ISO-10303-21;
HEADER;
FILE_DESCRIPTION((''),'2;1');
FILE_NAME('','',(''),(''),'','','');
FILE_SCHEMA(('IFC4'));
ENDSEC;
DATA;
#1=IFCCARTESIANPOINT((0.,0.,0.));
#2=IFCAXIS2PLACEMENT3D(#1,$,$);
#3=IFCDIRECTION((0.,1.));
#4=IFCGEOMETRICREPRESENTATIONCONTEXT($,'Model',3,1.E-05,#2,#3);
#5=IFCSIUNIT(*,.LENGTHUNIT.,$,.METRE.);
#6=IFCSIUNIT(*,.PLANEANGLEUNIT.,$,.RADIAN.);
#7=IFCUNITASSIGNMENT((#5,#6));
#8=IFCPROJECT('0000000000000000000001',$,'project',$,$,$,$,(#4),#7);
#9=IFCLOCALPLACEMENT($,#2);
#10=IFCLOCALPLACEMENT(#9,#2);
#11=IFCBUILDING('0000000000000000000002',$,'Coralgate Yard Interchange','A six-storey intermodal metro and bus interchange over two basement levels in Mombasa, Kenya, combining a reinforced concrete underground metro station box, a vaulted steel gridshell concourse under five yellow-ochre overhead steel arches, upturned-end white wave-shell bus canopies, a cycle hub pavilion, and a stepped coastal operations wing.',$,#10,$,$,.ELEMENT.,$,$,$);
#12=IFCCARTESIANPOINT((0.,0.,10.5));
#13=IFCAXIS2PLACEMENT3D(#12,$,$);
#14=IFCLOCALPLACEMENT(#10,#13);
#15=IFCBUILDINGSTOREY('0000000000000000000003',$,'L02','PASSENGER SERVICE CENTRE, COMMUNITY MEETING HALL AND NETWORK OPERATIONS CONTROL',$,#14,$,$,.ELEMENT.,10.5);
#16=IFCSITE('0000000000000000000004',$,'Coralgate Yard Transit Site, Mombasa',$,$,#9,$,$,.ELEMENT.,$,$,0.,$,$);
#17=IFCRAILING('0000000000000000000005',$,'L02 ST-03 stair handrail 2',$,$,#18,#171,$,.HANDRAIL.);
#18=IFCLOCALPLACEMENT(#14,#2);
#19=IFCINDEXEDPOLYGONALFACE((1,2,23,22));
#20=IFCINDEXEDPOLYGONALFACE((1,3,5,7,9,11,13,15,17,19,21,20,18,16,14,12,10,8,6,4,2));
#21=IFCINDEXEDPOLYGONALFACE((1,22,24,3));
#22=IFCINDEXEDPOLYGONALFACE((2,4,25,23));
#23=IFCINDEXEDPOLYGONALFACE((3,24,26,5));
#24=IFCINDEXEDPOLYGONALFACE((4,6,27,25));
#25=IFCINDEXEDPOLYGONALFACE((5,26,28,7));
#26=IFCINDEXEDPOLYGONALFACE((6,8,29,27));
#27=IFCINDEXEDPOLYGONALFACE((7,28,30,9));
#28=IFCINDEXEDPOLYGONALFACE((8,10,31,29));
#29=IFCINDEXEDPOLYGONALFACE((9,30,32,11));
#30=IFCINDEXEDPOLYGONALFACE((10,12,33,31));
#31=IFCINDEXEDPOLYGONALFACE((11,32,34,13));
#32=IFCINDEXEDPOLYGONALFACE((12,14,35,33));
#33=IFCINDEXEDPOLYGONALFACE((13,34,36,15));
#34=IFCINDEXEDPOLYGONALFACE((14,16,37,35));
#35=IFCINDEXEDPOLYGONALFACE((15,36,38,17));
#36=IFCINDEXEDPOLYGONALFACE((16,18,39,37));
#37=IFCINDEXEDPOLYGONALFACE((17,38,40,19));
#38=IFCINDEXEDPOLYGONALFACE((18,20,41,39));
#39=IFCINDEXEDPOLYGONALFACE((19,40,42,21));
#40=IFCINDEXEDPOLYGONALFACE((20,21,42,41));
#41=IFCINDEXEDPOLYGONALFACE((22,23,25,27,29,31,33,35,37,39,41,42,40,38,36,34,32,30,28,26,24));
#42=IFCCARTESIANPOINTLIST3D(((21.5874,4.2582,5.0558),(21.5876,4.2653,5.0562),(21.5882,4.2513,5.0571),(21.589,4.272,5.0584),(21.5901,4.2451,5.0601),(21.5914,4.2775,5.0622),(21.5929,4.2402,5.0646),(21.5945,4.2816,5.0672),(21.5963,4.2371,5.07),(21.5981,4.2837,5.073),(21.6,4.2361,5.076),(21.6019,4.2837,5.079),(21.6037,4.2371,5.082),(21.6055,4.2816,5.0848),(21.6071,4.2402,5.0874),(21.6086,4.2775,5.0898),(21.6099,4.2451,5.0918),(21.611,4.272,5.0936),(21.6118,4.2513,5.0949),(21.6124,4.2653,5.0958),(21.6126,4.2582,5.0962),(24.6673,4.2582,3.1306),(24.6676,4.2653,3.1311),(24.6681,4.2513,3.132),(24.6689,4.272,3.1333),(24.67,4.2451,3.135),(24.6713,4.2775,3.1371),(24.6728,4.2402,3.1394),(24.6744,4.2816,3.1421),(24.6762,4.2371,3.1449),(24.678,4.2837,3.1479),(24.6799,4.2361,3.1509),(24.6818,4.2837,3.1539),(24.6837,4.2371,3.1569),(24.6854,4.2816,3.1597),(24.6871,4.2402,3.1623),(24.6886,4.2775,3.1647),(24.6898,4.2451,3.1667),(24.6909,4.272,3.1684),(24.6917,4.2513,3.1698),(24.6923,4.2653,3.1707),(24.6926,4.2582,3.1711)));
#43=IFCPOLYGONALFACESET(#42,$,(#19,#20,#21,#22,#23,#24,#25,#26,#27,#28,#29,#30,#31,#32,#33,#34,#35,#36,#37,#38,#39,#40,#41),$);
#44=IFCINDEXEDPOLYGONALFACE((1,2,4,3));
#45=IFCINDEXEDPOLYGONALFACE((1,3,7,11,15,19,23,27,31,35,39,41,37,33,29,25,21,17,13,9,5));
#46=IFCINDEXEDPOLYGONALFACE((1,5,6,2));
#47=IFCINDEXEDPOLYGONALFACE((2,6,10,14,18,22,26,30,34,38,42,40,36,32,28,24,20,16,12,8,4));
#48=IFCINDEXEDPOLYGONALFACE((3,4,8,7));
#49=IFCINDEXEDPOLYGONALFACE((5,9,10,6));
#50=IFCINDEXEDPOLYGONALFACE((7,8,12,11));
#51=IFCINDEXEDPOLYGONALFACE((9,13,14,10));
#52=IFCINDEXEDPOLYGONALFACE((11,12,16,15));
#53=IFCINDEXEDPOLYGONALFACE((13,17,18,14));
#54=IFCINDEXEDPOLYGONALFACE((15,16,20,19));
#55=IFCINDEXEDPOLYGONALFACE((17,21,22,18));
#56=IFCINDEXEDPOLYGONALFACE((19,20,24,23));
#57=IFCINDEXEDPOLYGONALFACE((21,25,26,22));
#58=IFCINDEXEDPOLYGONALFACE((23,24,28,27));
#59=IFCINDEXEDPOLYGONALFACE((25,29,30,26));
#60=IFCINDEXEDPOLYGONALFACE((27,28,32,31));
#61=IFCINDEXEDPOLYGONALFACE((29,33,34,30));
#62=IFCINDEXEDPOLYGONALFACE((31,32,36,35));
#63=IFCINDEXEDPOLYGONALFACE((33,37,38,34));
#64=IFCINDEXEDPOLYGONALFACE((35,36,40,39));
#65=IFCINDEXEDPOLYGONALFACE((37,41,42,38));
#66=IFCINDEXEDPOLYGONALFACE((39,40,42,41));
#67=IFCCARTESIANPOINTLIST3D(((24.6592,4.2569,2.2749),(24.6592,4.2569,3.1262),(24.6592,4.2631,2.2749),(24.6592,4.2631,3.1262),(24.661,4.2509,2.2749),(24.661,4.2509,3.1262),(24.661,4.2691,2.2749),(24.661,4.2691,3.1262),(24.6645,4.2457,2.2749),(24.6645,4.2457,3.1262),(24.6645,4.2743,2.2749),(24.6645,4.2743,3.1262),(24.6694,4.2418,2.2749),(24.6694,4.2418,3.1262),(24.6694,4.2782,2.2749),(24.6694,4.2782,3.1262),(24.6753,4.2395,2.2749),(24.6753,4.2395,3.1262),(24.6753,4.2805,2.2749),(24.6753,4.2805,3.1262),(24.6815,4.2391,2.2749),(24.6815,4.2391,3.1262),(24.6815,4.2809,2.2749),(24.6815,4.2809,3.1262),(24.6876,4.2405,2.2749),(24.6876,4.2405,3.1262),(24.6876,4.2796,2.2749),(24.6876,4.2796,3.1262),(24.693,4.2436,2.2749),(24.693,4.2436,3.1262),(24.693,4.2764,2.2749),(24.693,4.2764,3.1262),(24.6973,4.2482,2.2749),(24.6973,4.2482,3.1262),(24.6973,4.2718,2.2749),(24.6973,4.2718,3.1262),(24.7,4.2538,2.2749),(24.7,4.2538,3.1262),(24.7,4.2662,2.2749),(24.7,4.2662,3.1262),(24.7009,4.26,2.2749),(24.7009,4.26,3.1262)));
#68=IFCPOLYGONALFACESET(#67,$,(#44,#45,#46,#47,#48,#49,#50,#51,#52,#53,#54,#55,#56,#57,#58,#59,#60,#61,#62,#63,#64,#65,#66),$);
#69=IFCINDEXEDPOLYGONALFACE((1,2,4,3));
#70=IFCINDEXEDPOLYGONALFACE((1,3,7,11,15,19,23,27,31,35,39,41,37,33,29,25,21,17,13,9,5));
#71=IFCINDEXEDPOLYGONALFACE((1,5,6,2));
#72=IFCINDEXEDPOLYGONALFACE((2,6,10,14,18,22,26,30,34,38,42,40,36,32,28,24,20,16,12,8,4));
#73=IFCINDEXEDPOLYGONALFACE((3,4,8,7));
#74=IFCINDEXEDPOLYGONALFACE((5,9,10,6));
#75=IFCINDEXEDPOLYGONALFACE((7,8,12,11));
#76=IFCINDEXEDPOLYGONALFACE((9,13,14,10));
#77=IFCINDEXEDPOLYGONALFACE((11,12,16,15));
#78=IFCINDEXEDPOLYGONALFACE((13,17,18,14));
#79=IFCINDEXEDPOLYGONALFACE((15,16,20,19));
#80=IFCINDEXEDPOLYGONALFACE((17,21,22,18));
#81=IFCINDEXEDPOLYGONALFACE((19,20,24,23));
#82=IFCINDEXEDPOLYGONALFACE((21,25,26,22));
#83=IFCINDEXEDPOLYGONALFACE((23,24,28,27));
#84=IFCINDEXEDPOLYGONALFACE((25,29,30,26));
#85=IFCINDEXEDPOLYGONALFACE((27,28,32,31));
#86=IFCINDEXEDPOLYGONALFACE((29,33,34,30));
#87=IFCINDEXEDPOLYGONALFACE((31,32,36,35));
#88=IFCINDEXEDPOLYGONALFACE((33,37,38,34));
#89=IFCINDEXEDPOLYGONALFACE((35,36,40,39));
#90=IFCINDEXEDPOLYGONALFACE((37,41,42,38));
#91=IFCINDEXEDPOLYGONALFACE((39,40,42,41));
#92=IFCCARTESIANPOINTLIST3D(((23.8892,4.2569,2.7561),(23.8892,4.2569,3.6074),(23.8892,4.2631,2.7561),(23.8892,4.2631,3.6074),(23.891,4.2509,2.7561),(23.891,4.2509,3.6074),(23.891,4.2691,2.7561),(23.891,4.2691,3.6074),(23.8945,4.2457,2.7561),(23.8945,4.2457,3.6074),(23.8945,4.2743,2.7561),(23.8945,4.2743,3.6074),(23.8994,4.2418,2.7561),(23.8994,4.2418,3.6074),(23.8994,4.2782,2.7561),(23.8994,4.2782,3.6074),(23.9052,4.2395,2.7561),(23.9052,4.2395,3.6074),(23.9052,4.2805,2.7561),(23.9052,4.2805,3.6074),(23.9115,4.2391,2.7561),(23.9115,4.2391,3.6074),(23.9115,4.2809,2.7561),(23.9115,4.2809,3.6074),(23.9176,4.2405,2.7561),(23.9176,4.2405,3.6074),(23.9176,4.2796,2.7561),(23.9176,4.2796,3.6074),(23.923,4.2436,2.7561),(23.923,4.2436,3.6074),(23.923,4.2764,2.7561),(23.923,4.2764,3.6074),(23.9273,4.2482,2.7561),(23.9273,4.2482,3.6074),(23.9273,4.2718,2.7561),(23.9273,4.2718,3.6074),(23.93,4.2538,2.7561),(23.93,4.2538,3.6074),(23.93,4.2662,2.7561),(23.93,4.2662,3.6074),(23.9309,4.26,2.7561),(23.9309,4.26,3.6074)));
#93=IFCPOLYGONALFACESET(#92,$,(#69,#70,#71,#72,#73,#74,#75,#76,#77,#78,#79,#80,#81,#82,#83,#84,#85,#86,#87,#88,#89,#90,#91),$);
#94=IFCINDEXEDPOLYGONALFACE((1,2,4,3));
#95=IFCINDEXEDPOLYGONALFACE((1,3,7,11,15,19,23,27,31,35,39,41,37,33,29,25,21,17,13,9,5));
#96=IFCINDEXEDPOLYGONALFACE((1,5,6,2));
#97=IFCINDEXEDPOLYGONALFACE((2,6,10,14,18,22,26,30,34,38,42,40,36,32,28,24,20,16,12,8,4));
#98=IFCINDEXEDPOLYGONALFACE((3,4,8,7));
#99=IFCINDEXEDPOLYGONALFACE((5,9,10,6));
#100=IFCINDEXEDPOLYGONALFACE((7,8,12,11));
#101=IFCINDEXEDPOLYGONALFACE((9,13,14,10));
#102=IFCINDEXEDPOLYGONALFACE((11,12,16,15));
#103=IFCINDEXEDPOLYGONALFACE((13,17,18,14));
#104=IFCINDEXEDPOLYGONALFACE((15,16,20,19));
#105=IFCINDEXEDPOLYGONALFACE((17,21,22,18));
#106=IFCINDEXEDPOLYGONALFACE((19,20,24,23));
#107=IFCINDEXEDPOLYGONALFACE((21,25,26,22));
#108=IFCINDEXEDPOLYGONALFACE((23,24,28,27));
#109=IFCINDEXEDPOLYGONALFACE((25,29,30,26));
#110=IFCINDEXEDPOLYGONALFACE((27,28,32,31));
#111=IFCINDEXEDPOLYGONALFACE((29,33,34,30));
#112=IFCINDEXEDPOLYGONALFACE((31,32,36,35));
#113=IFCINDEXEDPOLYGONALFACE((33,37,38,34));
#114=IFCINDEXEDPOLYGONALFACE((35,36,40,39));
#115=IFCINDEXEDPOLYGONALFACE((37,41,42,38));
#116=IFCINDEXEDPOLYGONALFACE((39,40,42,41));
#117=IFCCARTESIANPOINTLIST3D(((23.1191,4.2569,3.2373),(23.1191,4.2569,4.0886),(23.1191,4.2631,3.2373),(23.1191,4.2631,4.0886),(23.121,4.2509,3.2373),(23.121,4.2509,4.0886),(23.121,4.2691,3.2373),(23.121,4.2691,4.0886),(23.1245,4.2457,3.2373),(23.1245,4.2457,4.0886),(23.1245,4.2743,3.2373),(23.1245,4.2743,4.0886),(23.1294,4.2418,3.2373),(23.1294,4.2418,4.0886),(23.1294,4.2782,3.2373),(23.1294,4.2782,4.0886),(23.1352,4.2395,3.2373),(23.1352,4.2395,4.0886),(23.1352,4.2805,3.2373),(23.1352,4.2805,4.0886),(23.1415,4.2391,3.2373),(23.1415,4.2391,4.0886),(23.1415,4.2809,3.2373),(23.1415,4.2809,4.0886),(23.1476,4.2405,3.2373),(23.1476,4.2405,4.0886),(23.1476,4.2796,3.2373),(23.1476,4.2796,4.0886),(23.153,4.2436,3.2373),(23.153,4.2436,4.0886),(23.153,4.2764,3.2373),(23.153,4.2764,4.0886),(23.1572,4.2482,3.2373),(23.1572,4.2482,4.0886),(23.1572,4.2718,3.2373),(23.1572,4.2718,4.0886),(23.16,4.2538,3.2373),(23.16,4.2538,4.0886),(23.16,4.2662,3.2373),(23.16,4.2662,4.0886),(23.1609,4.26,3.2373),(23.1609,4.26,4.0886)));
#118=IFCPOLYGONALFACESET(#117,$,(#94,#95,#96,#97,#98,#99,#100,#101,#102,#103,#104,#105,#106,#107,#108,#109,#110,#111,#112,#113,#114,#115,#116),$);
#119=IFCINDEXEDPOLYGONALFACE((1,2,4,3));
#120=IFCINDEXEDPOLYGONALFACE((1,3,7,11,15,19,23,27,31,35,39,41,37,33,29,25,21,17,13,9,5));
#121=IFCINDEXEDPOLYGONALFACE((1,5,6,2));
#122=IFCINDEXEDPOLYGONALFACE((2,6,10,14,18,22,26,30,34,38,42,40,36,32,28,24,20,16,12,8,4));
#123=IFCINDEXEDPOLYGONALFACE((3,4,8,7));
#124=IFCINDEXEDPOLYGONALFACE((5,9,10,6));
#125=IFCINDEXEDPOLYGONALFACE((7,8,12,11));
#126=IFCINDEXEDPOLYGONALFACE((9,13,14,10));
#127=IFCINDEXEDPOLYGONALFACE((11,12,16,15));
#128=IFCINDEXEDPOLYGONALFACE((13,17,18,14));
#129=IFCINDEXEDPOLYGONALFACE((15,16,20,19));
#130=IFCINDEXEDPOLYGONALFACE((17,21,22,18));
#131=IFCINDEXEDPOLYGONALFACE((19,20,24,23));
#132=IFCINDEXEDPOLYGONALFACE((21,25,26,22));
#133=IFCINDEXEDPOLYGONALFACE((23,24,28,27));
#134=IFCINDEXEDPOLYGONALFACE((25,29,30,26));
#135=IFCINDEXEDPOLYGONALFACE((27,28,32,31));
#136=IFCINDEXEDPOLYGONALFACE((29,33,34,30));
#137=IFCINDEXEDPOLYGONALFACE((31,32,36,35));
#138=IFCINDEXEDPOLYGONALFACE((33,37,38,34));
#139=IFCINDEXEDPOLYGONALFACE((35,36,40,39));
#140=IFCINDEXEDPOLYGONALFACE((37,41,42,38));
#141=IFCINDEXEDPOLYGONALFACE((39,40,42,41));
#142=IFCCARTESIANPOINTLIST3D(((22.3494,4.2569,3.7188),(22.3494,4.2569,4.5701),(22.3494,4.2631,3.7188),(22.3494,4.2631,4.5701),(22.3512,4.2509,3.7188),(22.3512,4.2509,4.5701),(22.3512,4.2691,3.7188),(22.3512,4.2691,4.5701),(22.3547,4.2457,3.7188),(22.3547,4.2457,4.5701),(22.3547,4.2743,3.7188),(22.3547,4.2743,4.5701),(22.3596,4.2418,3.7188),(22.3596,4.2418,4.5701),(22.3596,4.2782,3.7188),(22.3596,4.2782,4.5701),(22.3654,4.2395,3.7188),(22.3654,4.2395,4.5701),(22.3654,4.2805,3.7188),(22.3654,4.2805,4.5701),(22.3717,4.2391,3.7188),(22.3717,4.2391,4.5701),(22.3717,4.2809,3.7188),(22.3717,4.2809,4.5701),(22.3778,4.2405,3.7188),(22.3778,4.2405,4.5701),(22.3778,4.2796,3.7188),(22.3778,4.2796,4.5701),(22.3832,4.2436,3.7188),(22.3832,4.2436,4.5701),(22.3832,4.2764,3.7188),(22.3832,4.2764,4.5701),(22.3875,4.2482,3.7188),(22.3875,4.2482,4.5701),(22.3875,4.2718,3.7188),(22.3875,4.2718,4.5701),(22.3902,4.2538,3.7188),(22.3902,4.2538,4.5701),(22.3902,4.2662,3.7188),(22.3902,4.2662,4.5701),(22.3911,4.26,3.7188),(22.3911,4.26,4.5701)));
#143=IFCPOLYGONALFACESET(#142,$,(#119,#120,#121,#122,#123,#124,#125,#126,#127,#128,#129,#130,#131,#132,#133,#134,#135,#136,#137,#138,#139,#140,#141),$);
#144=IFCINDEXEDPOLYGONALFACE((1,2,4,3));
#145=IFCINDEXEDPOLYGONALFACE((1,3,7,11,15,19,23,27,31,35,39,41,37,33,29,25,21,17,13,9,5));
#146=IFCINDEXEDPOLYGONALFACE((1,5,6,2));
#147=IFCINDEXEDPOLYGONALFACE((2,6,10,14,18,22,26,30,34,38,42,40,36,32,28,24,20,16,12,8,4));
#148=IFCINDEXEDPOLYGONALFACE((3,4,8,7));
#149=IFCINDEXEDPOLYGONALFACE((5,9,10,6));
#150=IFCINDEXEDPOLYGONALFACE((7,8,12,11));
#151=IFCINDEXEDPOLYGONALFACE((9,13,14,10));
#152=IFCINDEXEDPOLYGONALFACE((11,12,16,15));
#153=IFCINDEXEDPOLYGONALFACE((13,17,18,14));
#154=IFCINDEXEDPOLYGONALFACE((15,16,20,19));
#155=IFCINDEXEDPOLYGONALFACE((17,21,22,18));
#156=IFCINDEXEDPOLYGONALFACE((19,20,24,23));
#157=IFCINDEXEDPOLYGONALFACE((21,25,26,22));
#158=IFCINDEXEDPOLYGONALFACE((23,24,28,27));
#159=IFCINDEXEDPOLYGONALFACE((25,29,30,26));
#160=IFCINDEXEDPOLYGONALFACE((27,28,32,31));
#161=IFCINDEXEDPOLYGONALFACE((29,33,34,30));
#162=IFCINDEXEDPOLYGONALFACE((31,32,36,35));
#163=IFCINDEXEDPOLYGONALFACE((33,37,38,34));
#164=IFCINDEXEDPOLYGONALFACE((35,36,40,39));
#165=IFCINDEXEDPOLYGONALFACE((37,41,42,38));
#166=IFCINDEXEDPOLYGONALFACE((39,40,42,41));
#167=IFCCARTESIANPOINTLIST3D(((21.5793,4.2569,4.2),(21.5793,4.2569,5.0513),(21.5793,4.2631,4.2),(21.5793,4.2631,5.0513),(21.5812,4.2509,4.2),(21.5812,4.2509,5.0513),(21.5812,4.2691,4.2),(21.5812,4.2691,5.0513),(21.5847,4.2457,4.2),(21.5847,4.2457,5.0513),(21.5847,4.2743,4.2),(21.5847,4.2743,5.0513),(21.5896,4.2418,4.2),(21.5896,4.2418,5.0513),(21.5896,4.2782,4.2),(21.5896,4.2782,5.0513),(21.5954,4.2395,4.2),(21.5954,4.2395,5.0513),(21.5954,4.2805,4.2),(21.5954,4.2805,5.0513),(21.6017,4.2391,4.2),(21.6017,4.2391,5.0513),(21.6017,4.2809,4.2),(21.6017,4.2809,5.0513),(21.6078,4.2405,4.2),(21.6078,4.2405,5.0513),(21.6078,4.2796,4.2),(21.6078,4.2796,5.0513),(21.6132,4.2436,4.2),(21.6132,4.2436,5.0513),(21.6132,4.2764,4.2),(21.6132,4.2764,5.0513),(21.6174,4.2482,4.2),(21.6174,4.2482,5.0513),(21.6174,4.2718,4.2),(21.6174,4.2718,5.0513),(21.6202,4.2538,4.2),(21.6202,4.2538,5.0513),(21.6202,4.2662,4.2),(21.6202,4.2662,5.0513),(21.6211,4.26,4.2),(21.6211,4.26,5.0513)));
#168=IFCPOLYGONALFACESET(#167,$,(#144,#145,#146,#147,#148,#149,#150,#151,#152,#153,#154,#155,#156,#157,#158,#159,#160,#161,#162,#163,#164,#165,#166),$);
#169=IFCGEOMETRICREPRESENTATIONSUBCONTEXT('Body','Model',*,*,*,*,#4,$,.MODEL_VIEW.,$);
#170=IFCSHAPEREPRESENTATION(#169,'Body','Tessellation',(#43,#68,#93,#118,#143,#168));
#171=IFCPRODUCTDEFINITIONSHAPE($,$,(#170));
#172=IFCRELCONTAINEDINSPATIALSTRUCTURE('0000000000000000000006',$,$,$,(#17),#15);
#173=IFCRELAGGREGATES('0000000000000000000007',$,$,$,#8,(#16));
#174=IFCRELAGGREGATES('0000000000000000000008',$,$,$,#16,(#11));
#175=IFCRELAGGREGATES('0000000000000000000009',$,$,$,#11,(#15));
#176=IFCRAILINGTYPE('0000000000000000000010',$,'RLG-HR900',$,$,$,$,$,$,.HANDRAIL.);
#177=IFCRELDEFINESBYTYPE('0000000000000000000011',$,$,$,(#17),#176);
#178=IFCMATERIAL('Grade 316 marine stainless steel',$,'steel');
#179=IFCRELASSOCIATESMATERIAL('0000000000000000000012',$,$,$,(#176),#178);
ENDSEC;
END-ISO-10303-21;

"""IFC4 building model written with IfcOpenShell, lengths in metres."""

from ifc_helpers import new_model, si_unit, direction, frame, origin, origin_2d, place, context, subcontext, project, spatial, circle, extrude, material, type_object, element, save


model = new_model("IFC4")

# Units and contexts
model_context = context("Model", 3, precision=1e-05, world=origin(), true_north=direction((0.0, 1.0)))
body_context = subcontext(model_context, "Body", "Model", "MODEL_VIEW")
ifc_project = project(units=[si_unit("LENGTHUNIT", "METRE"), si_unit("PLANEANGLEUNIT", "RADIAN")], contexts=[model_context])

# Site, building, storey
site_placement = place(None, origin())
site = spatial("IfcSite", under=ifc_project, at=site_placement, Name="Coralgate Yard Transit Site, Mombasa", CompositionType="ELEMENT", RefElevation=0.0)
building_placement = place(site_placement, origin())
building = spatial("IfcBuilding", under=site, at=building_placement, Name="Coralgate Yard Interchange", Description="A six-storey intermodal metro and bus interchange over two basement levels in Mombasa, Kenya, combining a reinforced concrete underground metro station box, a vaulted steel gridshell concourse under five yellow-ochre overhead steel arches, upturned-end white wave-shell bus canopies, a cycle hub pavilion, and a stepped coastal operations wing.", CompositionType="ELEMENT")
storey_placement = place(building_placement, frame((0.0, 0.0, 10.5)))
storey = spatial("IfcBuildingStorey", under=building, at=storey_placement, Name="L02", Description="PASSENGER SERVICE CENTRE, COMMUNITY MEETING HALL AND NETWORK OPERATIONS CONTROL", CompositionType="ELEMENT", Elevation=10.5)

# Railing
ifc_material_1 = material(Name="Grade 316 marine stainless steel", Category="steel")
railing_type_1 = type_object("IfcRailingType", Name="RLG-HR900", PredefinedType="HANDRAIL", material=ifc_material_1)
railing_1_placement = place(storey_placement, frame((24.6799, 4.26, 2.2749)))
element("IfcRailing", 1, at=railing_1_placement, inside=storey, type_object=railing_type_1, Name="L02 ST-03 stair handrail 2", PredefinedType="HANDRAIL", context=body_context, shape_type="SweptSolid", body=[
    extrude(circle(Radius=0.0239, at=origin_2d()), frame((0.0, 0.0, 0.876), z_axis=(-0.847979, 0.0, 0.530029), x_axis=(0.0, -1.0, 0.0)), (0.0, 0.0, 1.0), 3.6321),
    extrude(circle(Radius=0.021, at=origin_2d()), origin(), (0.0, 0.0, 1.0), 0.8513),
    extrude(circle(Radius=0.021, at=origin_2d()), frame((-0.77, 0.0, 0.4812)), (0.0, 0.0, 1.0), 0.8513),
    extrude(circle(Radius=0.021, at=origin_2d()), frame((-1.54, 0.0, 0.9624)), (0.0, 0.0, 1.0), 0.8513),
    extrude(circle(Radius=0.021, at=origin_2d()), frame((-2.3098, 0.0, 1.4438)), (0.0, 0.0, 1.0), 0.8513),
    extrude(circle(Radius=0.021, at=origin_2d()), frame((-3.0798, 0.0, 1.925)), (0.0, 0.0, 1.0), 0.8513),
])

save(model, "model.ifc")
